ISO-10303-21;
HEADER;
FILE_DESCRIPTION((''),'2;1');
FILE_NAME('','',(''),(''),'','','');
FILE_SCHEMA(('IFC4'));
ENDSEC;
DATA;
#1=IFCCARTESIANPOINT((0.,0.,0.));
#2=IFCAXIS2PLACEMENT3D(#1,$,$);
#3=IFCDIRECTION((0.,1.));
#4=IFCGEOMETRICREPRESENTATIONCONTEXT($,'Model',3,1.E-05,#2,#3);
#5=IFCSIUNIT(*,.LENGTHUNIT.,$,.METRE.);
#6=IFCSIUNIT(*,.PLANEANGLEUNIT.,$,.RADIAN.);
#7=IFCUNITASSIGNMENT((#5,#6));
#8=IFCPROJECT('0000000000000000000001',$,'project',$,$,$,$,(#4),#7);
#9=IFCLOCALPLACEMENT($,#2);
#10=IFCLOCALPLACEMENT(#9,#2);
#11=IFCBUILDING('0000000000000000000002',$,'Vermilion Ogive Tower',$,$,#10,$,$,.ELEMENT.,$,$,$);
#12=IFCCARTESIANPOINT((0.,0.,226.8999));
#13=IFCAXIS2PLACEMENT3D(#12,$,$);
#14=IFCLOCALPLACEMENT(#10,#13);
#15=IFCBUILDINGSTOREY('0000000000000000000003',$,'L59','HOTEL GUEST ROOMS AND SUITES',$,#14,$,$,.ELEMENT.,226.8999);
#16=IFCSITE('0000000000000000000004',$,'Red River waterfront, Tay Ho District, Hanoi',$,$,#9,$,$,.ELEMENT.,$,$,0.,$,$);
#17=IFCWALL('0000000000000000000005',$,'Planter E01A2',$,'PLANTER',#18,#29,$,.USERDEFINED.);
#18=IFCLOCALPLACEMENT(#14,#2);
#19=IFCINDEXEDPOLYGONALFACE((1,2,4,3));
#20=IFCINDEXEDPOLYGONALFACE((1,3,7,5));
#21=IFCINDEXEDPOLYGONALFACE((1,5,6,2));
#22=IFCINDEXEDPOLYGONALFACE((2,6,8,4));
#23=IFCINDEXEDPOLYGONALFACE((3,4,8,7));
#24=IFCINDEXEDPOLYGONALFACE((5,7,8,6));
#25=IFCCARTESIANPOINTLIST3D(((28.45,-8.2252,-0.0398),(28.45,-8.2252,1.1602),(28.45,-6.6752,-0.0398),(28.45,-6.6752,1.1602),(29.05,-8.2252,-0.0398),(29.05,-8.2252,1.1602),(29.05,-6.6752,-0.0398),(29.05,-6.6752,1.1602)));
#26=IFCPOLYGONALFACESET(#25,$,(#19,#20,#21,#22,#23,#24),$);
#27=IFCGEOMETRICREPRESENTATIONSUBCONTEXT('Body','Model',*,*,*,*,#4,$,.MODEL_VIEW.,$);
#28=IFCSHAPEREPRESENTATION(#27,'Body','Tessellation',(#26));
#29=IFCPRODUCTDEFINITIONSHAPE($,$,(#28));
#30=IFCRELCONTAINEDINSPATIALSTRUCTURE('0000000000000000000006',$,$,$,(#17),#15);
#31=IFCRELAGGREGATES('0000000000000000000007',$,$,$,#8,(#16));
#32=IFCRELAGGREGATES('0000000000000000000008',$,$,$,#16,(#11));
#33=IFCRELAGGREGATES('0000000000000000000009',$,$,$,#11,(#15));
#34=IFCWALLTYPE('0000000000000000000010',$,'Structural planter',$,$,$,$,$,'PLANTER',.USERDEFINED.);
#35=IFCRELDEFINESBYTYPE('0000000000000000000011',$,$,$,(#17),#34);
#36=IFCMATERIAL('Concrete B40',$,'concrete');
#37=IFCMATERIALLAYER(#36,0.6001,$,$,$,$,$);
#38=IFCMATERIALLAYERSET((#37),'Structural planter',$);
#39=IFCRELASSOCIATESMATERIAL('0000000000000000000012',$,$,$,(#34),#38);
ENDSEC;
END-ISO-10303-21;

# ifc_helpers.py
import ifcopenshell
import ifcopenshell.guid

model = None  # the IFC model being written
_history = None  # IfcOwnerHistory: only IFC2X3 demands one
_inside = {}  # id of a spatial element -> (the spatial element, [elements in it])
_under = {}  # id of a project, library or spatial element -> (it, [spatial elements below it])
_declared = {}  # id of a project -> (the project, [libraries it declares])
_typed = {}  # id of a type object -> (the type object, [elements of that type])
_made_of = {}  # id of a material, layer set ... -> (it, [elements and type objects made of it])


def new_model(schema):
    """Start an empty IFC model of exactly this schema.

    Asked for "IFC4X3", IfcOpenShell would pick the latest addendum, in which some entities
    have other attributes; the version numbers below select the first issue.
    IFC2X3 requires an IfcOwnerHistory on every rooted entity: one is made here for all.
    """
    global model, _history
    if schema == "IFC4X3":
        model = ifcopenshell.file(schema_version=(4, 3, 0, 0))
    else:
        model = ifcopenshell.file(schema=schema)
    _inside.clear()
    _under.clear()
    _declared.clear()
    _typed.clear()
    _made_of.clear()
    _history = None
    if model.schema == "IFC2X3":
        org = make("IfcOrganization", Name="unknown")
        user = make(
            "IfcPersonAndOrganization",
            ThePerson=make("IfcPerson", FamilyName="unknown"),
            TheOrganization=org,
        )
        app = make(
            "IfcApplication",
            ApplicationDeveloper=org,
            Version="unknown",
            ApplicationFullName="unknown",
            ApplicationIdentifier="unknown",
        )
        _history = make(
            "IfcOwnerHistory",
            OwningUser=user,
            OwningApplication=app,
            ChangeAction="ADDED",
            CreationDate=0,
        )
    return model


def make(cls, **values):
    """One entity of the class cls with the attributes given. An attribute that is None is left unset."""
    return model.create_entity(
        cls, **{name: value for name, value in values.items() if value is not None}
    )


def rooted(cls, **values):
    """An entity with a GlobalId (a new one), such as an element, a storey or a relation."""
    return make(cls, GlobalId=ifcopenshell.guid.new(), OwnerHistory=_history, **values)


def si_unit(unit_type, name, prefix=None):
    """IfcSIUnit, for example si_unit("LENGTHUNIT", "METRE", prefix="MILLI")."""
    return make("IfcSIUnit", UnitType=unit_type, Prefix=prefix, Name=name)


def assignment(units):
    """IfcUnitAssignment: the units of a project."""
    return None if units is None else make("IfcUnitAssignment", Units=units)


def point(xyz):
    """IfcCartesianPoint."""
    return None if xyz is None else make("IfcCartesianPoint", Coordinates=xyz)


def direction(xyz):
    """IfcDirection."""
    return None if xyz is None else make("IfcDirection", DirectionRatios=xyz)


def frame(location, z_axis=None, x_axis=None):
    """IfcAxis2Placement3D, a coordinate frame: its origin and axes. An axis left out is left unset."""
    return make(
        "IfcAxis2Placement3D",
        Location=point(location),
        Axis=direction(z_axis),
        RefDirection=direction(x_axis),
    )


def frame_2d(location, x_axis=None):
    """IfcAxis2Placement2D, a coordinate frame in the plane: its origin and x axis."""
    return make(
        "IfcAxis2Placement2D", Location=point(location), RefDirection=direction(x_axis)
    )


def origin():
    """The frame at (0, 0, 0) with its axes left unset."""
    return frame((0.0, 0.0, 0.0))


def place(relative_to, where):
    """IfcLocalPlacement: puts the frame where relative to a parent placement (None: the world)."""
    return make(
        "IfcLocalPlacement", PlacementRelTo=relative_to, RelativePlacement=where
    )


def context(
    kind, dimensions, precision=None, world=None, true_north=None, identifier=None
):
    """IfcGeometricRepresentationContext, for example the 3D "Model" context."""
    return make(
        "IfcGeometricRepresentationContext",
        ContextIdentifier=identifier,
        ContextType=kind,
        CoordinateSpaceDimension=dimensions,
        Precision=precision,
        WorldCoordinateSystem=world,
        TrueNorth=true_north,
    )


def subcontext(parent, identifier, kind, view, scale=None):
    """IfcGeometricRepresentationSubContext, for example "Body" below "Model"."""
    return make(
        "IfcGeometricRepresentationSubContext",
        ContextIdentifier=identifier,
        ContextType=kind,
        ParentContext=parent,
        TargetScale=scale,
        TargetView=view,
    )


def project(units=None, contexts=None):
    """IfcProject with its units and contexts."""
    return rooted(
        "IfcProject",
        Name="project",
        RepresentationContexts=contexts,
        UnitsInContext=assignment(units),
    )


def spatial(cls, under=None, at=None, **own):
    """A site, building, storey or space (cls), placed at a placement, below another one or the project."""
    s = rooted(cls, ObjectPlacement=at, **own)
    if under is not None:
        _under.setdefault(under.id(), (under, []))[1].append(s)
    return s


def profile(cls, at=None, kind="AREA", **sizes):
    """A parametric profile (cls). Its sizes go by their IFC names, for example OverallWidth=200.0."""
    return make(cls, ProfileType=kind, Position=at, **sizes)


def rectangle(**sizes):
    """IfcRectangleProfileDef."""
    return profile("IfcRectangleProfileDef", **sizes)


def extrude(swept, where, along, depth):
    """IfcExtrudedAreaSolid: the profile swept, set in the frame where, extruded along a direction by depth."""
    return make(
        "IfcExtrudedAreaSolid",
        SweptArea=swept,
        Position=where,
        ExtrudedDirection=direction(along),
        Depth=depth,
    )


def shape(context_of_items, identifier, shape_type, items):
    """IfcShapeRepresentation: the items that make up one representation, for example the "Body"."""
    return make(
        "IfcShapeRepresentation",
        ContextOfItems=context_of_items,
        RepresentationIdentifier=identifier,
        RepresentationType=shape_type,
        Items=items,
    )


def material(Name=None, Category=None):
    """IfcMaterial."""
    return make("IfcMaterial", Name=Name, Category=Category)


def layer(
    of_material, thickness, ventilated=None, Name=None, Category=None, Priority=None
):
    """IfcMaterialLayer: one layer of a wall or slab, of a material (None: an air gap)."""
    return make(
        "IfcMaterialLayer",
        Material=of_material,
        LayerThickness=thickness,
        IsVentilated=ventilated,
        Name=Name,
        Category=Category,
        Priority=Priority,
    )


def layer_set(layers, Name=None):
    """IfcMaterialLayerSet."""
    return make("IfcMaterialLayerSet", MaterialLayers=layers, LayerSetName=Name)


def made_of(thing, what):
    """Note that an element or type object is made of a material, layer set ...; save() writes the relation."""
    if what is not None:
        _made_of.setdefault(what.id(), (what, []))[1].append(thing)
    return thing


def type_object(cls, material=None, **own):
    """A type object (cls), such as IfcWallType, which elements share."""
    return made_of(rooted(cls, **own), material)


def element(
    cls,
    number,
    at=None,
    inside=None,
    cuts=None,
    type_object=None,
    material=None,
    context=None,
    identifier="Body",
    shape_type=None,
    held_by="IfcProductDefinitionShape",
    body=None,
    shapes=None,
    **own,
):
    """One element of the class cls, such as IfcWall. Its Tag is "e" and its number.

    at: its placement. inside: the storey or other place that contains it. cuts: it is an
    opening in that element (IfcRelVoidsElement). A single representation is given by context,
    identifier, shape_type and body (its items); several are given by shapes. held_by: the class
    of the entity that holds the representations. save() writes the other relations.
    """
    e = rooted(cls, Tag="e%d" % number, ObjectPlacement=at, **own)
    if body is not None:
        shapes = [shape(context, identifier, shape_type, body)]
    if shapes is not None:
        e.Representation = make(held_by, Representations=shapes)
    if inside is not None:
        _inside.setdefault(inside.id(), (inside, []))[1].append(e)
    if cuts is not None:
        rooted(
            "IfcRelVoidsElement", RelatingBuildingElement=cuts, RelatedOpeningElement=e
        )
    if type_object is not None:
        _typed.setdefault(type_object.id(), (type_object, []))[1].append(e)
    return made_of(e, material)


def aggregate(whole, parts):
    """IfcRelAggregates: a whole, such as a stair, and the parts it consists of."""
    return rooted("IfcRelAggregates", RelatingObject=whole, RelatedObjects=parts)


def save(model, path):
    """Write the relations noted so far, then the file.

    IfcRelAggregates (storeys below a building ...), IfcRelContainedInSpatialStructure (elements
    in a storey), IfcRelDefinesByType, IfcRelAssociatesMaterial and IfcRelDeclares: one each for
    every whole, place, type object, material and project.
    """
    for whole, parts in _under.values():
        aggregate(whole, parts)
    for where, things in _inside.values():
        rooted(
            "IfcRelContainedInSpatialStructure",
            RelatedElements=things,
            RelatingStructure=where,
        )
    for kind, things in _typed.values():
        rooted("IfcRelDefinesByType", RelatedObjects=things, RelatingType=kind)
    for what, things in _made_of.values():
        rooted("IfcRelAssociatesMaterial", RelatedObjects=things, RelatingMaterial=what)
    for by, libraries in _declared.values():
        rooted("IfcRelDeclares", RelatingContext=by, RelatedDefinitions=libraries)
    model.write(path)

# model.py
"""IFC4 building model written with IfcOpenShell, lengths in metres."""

from ifc_helpers import new_model, si_unit, direction, frame, frame_2d, origin, place, context, subcontext, project, spatial, rectangle, extrude, material, layer, layer_set, type_object, element, save


model = new_model("IFC4")

# Units and contexts
model_context = context("Model", 3, precision=1e-05, world=origin(), true_north=direction((0.0, 1.0)))
body_context = subcontext(model_context, "Body", "Model", "MODEL_VIEW")
ifc_project = project(units=[si_unit("LENGTHUNIT", "METRE"), si_unit("PLANEANGLEUNIT", "RADIAN")], contexts=[model_context])

# Site, building, storey
site_placement = place(None, origin())
site = spatial("IfcSite", under=ifc_project, at=site_placement, Name="Red River waterfront, Tay Ho District, Hanoi", CompositionType="ELEMENT", RefElevation=0.0)
building_placement = place(site_placement, origin())
building = spatial("IfcBuilding", under=site, at=building_placement, Name="Vermilion Ogive Tower", CompositionType="ELEMENT")
storey_placement = place(building_placement, frame((0.0, 0.0, 226.8999)))
storey = spatial("IfcBuildingStorey", under=building, at=storey_placement, Name="L59", Description="HOTEL GUEST ROOMS AND SUITES", CompositionType="ELEMENT", Elevation=226.8999)

# Wall
ifc_material_1 = material(Name="Concrete B40", Category="concrete")
ifc_layer_1 = layer(ifc_material_1, 0.6001)
ifc_layer_set_1 = layer_set([ifc_layer_1], Name="Structural planter")
wall_type_1 = type_object("IfcWallType", Name="Structural planter", ElementType="PLANTER", PredefinedType="USERDEFINED", material=ifc_layer_set_1)
wall_1_placement = place(storey_placement, frame((28.75, -8.2251, -0.0398), z_axis=(0.0, 0.0, 1.0), x_axis=(0.0, 1.0, 0.0)))
element("IfcWall", 1, at=wall_1_placement, inside=storey, type_object=wall_type_1, Name="Planter E01A2", ObjectType="PLANTER", PredefinedType="USERDEFINED", context=body_context, shape_type="SweptSolid", body=[
    extrude(rectangle(XDim=1.55, YDim=0.6001, at=frame_2d((0.7749, 0.0))), origin(), (0.0, 0.0, 1.0), 1.2),
])

save(model, "model.ifc")
